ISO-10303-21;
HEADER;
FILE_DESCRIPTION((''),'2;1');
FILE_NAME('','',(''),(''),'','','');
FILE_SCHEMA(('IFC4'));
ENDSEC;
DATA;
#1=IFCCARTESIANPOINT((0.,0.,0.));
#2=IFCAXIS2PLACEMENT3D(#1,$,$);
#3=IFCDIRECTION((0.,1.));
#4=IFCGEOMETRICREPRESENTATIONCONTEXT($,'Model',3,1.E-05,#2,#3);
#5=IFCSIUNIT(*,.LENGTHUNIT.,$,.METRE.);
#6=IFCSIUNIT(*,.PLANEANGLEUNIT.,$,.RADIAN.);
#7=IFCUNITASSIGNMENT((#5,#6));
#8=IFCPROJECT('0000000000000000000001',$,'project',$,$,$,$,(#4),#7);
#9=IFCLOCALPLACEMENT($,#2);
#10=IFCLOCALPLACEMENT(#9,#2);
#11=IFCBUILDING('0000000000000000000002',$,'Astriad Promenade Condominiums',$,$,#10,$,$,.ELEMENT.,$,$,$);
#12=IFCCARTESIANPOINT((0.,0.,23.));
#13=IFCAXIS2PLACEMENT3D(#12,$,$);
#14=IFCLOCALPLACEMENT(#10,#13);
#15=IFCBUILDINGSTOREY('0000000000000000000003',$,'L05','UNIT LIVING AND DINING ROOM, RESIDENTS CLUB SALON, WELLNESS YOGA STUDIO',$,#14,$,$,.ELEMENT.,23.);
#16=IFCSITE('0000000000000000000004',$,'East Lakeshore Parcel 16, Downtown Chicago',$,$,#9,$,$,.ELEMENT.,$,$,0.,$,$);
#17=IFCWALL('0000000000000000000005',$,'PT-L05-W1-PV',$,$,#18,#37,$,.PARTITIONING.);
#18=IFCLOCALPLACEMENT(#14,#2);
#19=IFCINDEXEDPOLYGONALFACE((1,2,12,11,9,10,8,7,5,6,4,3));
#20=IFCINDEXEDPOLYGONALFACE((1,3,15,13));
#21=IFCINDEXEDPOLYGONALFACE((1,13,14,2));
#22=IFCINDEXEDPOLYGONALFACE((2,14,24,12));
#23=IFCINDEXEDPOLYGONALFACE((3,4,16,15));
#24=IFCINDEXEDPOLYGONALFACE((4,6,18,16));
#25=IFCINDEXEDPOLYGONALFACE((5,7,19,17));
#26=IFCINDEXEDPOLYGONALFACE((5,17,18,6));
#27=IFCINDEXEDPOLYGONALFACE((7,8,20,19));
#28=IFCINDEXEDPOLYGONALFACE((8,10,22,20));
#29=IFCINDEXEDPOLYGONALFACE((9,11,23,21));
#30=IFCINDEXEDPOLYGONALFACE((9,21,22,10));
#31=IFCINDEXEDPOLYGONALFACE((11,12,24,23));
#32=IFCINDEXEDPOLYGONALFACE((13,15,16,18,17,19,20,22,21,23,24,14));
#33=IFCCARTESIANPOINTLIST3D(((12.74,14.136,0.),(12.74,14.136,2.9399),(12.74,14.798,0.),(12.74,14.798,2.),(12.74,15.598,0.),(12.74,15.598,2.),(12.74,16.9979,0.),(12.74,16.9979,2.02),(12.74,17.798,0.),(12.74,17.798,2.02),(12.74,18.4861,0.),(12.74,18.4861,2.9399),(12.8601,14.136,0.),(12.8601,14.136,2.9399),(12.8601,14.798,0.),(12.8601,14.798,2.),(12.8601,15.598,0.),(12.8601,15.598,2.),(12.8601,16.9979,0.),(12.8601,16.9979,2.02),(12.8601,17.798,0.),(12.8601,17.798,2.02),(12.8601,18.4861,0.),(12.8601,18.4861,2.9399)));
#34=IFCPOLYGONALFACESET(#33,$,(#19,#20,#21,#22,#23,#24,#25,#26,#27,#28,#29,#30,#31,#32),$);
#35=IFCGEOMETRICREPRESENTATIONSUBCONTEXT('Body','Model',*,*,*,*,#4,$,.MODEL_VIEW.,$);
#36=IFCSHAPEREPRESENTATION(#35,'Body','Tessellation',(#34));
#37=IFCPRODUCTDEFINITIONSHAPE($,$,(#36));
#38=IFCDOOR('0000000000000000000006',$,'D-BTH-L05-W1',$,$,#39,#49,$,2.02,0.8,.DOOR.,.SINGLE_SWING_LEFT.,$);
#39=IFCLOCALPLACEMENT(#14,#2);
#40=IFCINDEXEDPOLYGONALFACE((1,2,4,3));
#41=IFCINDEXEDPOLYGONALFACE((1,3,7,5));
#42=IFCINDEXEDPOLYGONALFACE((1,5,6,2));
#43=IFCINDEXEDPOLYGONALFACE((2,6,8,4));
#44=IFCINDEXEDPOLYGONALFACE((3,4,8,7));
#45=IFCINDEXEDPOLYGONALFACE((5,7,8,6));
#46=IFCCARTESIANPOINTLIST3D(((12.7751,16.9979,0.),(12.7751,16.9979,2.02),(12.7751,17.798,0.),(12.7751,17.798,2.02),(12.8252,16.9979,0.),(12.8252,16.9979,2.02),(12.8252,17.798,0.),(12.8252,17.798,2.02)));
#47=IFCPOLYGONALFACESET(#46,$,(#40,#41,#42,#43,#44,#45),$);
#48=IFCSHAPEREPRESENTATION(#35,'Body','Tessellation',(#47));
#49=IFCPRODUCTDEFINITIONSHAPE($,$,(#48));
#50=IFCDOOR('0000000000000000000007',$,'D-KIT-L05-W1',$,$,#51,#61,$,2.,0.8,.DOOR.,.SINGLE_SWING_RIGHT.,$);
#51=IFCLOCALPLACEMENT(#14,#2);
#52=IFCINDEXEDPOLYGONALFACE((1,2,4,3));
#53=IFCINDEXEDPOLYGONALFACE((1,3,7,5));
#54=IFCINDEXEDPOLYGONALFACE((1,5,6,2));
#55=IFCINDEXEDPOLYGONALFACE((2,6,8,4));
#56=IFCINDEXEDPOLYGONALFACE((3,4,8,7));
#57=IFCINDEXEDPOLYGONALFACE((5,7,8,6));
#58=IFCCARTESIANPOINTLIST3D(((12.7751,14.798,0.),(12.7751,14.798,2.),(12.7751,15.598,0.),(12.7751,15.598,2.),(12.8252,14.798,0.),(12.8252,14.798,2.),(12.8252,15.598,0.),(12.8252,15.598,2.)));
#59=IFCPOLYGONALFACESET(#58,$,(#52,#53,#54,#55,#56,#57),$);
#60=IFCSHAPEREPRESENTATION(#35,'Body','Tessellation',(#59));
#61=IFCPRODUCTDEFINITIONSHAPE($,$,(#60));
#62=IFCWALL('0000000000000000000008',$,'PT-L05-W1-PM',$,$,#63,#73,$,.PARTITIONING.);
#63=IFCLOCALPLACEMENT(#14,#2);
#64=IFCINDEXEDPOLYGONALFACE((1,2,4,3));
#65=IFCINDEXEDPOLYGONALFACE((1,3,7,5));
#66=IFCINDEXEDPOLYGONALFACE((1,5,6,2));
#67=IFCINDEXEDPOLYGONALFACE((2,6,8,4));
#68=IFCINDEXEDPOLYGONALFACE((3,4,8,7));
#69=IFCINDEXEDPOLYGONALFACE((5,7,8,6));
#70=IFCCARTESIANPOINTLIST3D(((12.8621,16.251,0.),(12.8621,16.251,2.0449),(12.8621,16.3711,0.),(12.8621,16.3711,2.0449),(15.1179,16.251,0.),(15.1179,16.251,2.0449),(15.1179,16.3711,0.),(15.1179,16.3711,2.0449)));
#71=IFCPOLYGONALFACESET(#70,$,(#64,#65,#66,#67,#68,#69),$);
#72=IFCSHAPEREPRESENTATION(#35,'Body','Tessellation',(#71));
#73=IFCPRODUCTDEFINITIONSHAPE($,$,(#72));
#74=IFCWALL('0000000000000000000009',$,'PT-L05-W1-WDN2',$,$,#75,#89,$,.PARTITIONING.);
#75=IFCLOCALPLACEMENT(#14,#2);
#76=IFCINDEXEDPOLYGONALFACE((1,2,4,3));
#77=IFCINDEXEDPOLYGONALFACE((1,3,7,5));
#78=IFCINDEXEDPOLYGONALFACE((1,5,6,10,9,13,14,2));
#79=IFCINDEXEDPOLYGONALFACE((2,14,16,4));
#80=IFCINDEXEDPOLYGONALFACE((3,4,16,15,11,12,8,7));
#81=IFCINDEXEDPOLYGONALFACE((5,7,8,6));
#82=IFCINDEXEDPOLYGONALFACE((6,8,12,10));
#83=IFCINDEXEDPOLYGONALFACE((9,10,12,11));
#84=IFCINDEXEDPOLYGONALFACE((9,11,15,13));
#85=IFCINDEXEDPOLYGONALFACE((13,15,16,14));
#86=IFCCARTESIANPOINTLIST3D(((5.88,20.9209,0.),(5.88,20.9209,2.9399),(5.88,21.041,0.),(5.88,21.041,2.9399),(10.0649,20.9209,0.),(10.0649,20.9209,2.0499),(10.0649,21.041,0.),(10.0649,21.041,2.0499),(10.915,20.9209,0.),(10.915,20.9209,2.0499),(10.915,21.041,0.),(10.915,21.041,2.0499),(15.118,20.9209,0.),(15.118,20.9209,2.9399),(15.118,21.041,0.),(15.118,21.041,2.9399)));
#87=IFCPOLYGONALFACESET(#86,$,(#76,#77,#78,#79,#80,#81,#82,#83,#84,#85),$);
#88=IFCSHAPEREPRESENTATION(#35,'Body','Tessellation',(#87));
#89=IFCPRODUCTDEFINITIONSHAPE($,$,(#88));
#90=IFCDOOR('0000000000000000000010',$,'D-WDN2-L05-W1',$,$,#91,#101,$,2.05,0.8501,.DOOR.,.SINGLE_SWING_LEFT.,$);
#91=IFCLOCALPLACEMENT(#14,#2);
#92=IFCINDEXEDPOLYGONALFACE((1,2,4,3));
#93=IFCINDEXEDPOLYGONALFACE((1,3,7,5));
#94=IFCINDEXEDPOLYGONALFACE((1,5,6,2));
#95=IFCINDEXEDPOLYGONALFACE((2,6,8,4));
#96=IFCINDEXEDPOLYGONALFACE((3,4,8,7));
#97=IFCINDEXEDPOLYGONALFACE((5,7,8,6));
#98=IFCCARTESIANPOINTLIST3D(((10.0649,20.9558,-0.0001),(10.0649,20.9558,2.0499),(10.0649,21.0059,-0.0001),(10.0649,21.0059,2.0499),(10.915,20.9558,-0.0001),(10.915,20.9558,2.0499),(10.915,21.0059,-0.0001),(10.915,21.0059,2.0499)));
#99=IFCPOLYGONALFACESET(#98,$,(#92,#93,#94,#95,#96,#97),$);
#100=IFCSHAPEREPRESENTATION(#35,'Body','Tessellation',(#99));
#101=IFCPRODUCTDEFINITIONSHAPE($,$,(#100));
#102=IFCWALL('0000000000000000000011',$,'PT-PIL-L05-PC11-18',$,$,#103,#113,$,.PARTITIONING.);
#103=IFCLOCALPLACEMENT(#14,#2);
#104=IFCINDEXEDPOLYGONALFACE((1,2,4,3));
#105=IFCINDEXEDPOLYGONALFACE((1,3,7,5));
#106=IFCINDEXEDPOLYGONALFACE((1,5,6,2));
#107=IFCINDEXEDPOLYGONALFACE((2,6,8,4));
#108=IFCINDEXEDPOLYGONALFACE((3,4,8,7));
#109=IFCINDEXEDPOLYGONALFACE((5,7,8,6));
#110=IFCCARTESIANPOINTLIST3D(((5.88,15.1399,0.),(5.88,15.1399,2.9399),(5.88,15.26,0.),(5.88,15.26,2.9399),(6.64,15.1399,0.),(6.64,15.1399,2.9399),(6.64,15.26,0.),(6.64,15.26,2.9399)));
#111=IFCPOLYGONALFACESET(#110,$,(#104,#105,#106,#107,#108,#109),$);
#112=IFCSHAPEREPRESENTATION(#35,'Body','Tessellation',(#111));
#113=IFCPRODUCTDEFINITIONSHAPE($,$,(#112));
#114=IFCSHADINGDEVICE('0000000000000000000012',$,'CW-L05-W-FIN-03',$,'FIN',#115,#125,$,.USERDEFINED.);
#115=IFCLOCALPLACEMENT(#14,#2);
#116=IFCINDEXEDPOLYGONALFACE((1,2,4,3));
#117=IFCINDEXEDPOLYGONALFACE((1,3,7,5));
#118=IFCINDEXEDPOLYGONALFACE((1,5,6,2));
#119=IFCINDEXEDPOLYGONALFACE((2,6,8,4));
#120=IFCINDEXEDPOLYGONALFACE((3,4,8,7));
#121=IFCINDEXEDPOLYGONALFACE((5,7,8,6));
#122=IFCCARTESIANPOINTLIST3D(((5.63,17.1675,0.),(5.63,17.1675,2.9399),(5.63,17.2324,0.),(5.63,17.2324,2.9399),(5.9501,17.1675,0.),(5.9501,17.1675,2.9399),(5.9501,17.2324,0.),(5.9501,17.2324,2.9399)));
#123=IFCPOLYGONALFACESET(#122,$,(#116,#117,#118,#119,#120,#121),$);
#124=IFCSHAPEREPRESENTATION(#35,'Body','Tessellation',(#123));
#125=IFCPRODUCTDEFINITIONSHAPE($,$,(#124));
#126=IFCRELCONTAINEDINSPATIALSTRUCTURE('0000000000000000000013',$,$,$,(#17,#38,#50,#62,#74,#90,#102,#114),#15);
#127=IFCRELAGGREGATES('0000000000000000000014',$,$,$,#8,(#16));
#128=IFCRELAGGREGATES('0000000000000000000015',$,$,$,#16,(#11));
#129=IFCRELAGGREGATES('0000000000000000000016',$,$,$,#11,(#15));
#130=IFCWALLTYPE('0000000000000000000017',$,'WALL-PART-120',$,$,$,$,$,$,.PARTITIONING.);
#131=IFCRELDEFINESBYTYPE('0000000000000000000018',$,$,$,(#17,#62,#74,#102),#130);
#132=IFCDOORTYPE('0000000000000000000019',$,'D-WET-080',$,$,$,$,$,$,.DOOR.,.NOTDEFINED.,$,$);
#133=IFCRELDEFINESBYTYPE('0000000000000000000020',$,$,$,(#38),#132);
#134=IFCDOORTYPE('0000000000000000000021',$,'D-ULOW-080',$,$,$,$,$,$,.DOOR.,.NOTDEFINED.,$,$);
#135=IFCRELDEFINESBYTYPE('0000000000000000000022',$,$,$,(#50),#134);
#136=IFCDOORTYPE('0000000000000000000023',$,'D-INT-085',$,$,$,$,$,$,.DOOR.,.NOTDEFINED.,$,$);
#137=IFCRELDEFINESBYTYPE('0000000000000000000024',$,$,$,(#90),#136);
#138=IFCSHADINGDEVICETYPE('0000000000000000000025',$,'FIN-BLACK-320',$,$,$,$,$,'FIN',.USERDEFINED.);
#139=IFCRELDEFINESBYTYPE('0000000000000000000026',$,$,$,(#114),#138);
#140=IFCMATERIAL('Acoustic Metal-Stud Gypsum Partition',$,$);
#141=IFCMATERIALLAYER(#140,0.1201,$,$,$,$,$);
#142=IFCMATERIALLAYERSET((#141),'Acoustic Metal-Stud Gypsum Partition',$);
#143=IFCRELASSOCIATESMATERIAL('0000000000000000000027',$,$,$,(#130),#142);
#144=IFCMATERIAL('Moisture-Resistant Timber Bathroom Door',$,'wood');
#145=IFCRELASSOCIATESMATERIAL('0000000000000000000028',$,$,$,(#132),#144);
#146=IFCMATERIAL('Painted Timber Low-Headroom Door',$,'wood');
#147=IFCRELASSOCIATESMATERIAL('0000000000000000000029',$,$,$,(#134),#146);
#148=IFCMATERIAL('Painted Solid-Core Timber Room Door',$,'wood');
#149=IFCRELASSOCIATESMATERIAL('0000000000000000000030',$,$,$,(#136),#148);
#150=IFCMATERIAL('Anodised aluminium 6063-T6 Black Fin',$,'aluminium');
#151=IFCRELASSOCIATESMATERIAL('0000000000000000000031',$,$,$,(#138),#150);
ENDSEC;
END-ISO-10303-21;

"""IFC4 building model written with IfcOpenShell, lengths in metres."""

from ifc_helpers import new_model, si_unit, direction, frame, frame_2d, origin, origin_2d, place, context, subcontext, project, spatial, rectangle, extrude, source, transform, mapped, material, layer, layer_set, type_object, type_shapes, element, fill, save


model = new_model("IFC4")

# Units and contexts
model_context = context("Model", 3, precision=1e-05, world=origin(), true_north=direction((0.0, 1.0)))
body_context = subcontext(model_context, "Body", "Model", "MODEL_VIEW")
ifc_project = project(units=[si_unit("LENGTHUNIT", "METRE"), si_unit("PLANEANGLEUNIT", "RADIAN")], contexts=[model_context])

# Site, building, storey
site_placement = place(None, origin())
site = spatial("IfcSite", under=ifc_project, at=site_placement, Name="East Lakeshore Parcel 16, Downtown Chicago", CompositionType="ELEMENT", RefElevation=0.0)
building_placement = place(site_placement, origin())
building = spatial("IfcBuilding", under=site, at=building_placement, Name="Astriad Promenade Condominiums", CompositionType="ELEMENT")
storey_placement = place(building_placement, frame((0.0, 0.0, 23.0)))
storey = spatial("IfcBuildingStorey", under=building, at=storey_placement, Name="L05", Description="UNIT LIVING AND DINING ROOM, RESIDENTS CLUB SALON, WELLNESS YOGA STUDIO", CompositionType="ELEMENT", Elevation=23.0)

# Wall, openings, doors
ifc_material_1 = material(Name="Acoustic Metal-Stud Gypsum Partition")
ifc_layer_1 = layer(ifc_material_1, 0.1201)
ifc_layer_set_1 = layer_set([ifc_layer_1], Name="Acoustic Metal-Stud Gypsum Partition")
wall_type = type_object("IfcWallType", Name="WALL-PART-120", PredefinedType="PARTITIONING", material=ifc_layer_set_1)
wall_1_placement = place(storey_placement, frame((12.8, 14.136, 0.0), z_axis=(0.0, 0.0, 1.0), x_axis=(0.0, 1.0, 0.0)))
wall_1 = element("IfcWall", 1, at=wall_1_placement, inside=storey, type_object=wall_type, Name="PT-L05-W1-PV", PredefinedType="PARTITIONING", context=body_context, shape_type="SweptSolid", body=[
    extrude(rectangle(XDim=4.3501, YDim=0.1201, at=frame_2d((2.175, 0.0))), origin(), (0.0, 0.0, 1.0), 2.9399),
])
opening_1_placement = place(wall_1_placement, frame((0.6621, 0.0, 0.0)))
opening_1 = element("IfcOpeningElement", 2, at=opening_1_placement, cuts=wall_1, PredefinedType="OPENING", context=body_context, shape_type="SweptSolid", body=[
    extrude(rectangle(XDim=0.8, YDim=2.0, at=frame_2d((0.3999, 1.0))), frame((0.0, 0.0701, 0.0), z_axis=(0.0, -1.0, 0.0), x_axis=(1.0, 0.0, 0.0)), (0.0, 0.0, 1.0), 0.1401),
])
opening_2_placement = place(wall_1_placement, frame((2.8621, 0.0, 0.0)))
opening_2 = element("IfcOpeningElement", 3, at=opening_2_placement, cuts=wall_1, PredefinedType="OPENING", context=body_context, shape_type="SweptSolid", body=[
    extrude(rectangle(XDim=0.8, YDim=2.02, at=frame_2d((0.3999, 1.01))), frame((0.0, 0.0701, 0.0), z_axis=(0.0, -1.0, 0.0), x_axis=(1.0, 0.0, 0.0)), (0.0, 0.0, 1.0), 0.1401),
])
ifc_material_2 = material(Name="Moisture-Resistant Timber Bathroom Door", Category="wood")
door_type_1 = type_object("IfcDoorType", Name="D-WET-080", OperationType="NOTDEFINED", PredefinedType="DOOR", material=ifc_material_2)
shared_shape_1 = source(origin(), body_context, "Body", "SweptSolid", [
    extrude(rectangle(XDim=0.8, YDim=2.02, at=frame_2d((0.3999, 1.01))), frame((0.0, 0.0249, 0.0), z_axis=(0.0, -1.0, 0.0), x_axis=(1.0, 0.0, 0.0)), (0.0, 0.0, 1.0), 0.05),
])
type_shapes(door_type_1, [shared_shape_1])
door_1_placement = place(opening_2_placement, origin())
door_1 = element("IfcDoor", 4, at=door_1_placement, inside=storey, type_object=door_type_1, Name="D-BTH-L05-W1", OperationType="SINGLE_SWING_LEFT", OverallHeight=2.02, OverallWidth=0.8, PredefinedType="DOOR", context=body_context, shape_type="MappedRepresentation", body=[
    mapped(shared_shape_1, transform((0.0, 0.0, 0.0), scale=1.0)),
])
fill(opening_2, door_1)
ifc_material_3 = material(Name="Painted Timber Low-Headroom Door", Category="wood")
door_type_2 = type_object("IfcDoorType", Name="D-ULOW-080", OperationType="NOTDEFINED", PredefinedType="DOOR", material=ifc_material_3)
shared_shape_2 = source(origin(), body_context, "Body", "SweptSolid", [
    extrude(rectangle(XDim=0.8, YDim=2.0, at=frame_2d((0.3999, 1.0))), frame((0.0, 0.0249, 0.0), z_axis=(0.0, -1.0, 0.0), x_axis=(1.0, 0.0, 0.0)), (0.0, 0.0, 1.0), 0.05),
])
type_shapes(door_type_2, [shared_shape_2])
door_2_placement = place(opening_1_placement, origin())
door_2 = element("IfcDoor", 5, at=door_2_placement, inside=storey, type_object=door_type_2, Name="D-KIT-L05-W1", OperationType="SINGLE_SWING_RIGHT", OverallHeight=2.0, OverallWidth=0.8, PredefinedType="DOOR", context=body_context, shape_type="MappedRepresentation", body=[
    mapped(shared_shape_2, transform((0.0, 0.0, 0.0), scale=1.0)),
])
fill(opening_1, door_2)

# Wall
wall_2_placement = place(storey_placement, frame((12.8621, 16.311, 0.0), z_axis=(0.0, 0.0, 1.0), x_axis=(1.0, 0.0, 0.0)))
element("IfcWall", 6, at=wall_2_placement, inside=storey, type_object=wall_type, Name="PT-L05-W1-PM", PredefinedType="PARTITIONING", context=body_context, shape_type="SweptSolid", body=[
    extrude(rectangle(XDim=2.2559, YDim=0.1201, at=frame_2d((1.1279, 0.0))), origin(), (0.0, 0.0, 1.0), 2.0449),
])

# Wall, opening, door
wall_3_placement = place(storey_placement, frame((5.8799, 20.981, 0.0), z_axis=(0.0, 0.0, 1.0), x_axis=(1.0, 0.0, 0.0)))
wall_3 = element("IfcWall", 7, at=wall_3_placement, inside=storey, type_object=wall_type, Name="PT-L05-W1-WDN2", PredefinedType="PARTITIONING", context=body_context, shape_type="SweptSolid", body=[
    extrude(rectangle(XDim=9.238, YDim=0.1201, at=frame_2d((4.6191, 0.0))), origin(), (0.0, 0.0, 1.0), 2.9399),
])
opening_3_placement = place(wall_3_placement, frame((4.1851, 0.0, 0.0)))
opening_3 = element("IfcOpeningElement", 8, at=opening_3_placement, cuts=wall_3, PredefinedType="OPENING", context=body_context, shape_type="SweptSolid", body=[
    extrude(rectangle(XDim=0.8501, YDim=2.05, at=frame_2d((0.425, 1.0249))), frame((0.0, 0.0701, 0.0), z_axis=(0.0, -1.0, 0.0), x_axis=(1.0, 0.0, 0.0)), (0.0, 0.0, 1.0), 0.1401),
])
ifc_material_4 = material(Name="Painted Solid-Core Timber Room Door", Category="wood")
door_type_3 = type_object("IfcDoorType", Name="D-INT-085", OperationType="NOTDEFINED", PredefinedType="DOOR", material=ifc_material_4)
shared_shape_3 = source(origin(), body_context, "Body", "SweptSolid", [
    extrude(rectangle(XDim=0.8501, YDim=2.05, at=frame_2d((0.425, 1.0249))), frame((0.0, 0.0249, 0.0), z_axis=(0.0, -1.0, 0.0), x_axis=(1.0, 0.0, 0.0)), (0.0, 0.0, 1.0), 0.05),
])
type_shapes(door_type_3, [shared_shape_3])
door_3_placement = place(opening_3_placement, origin())
door_3 = element("IfcDoor", 9, at=door_3_placement, inside=storey, type_object=door_type_3, Name="D-WDN2-L05-W1", OperationType="SINGLE_SWING_LEFT", OverallHeight=2.05, OverallWidth=0.8501, PredefinedType="DOOR", context=body_context, shape_type="MappedRepresentation", body=[
    mapped(shared_shape_3, transform((0.0, 0.0, 0.0), scale=1.0)),
])
fill(opening_3, door_3)

# Wall
wall_4_placement = place(storey_placement, frame((6.6399, 15.2, 0.0), z_axis=(0.0, 0.0, 1.0), x_axis=(-1.0, 0.0, 0.0)))
element("IfcWall", 10, at=wall_4_placement, inside=storey, type_object=wall_type, Name="PT-PIL-L05-PC11-18", PredefinedType="PARTITIONING", context=body_context, shape_type="SweptSolid", body=[
    extrude(rectangle(XDim=0.76, YDim=0.1201, at=frame_2d((0.3799, 0.0))), origin(), (0.0, 0.0, 1.0), 2.9399),
])

# Shading device
ifc_material_5 = material(Name="Anodised aluminium 6063-T6 Black Fin", Category="aluminium")
shading_device_type = type_object("IfcShadingDeviceType", Name="FIN-BLACK-320", ElementType="FIN", PredefinedType="USERDEFINED", material=ifc_material_5)
shared_shape_4 = source(origin(), body_context, "Body", "SweptSolid", [
    extrude(rectangle(XDim=0.0649, YDim=0.3201, at=origin_2d()), origin(), (0.0, 0.0, 1.0), 2.9399),
])
type_shapes(shading_device_type, [shared_shape_4])
shading_device_placement = place(storey_placement, frame((5.79, 17.2, 0.0), z_axis=(0.0, 0.0, 1.0), x_axis=(0.0, 1.0, 0.0)))
element("IfcShadingDevice", 11, at=shading_device_placement, inside=storey, type_object=shading_device_type, Name="CW-L05-W-FIN-03", ObjectType="FIN", PredefinedType="USERDEFINED", context=body_context, shape_type="MappedRepresentation", body=[
    mapped(shared_shape_4, transform((0.0, 0.0, 0.0), scale=1.0)),
])

save(model, "model.ifc")
